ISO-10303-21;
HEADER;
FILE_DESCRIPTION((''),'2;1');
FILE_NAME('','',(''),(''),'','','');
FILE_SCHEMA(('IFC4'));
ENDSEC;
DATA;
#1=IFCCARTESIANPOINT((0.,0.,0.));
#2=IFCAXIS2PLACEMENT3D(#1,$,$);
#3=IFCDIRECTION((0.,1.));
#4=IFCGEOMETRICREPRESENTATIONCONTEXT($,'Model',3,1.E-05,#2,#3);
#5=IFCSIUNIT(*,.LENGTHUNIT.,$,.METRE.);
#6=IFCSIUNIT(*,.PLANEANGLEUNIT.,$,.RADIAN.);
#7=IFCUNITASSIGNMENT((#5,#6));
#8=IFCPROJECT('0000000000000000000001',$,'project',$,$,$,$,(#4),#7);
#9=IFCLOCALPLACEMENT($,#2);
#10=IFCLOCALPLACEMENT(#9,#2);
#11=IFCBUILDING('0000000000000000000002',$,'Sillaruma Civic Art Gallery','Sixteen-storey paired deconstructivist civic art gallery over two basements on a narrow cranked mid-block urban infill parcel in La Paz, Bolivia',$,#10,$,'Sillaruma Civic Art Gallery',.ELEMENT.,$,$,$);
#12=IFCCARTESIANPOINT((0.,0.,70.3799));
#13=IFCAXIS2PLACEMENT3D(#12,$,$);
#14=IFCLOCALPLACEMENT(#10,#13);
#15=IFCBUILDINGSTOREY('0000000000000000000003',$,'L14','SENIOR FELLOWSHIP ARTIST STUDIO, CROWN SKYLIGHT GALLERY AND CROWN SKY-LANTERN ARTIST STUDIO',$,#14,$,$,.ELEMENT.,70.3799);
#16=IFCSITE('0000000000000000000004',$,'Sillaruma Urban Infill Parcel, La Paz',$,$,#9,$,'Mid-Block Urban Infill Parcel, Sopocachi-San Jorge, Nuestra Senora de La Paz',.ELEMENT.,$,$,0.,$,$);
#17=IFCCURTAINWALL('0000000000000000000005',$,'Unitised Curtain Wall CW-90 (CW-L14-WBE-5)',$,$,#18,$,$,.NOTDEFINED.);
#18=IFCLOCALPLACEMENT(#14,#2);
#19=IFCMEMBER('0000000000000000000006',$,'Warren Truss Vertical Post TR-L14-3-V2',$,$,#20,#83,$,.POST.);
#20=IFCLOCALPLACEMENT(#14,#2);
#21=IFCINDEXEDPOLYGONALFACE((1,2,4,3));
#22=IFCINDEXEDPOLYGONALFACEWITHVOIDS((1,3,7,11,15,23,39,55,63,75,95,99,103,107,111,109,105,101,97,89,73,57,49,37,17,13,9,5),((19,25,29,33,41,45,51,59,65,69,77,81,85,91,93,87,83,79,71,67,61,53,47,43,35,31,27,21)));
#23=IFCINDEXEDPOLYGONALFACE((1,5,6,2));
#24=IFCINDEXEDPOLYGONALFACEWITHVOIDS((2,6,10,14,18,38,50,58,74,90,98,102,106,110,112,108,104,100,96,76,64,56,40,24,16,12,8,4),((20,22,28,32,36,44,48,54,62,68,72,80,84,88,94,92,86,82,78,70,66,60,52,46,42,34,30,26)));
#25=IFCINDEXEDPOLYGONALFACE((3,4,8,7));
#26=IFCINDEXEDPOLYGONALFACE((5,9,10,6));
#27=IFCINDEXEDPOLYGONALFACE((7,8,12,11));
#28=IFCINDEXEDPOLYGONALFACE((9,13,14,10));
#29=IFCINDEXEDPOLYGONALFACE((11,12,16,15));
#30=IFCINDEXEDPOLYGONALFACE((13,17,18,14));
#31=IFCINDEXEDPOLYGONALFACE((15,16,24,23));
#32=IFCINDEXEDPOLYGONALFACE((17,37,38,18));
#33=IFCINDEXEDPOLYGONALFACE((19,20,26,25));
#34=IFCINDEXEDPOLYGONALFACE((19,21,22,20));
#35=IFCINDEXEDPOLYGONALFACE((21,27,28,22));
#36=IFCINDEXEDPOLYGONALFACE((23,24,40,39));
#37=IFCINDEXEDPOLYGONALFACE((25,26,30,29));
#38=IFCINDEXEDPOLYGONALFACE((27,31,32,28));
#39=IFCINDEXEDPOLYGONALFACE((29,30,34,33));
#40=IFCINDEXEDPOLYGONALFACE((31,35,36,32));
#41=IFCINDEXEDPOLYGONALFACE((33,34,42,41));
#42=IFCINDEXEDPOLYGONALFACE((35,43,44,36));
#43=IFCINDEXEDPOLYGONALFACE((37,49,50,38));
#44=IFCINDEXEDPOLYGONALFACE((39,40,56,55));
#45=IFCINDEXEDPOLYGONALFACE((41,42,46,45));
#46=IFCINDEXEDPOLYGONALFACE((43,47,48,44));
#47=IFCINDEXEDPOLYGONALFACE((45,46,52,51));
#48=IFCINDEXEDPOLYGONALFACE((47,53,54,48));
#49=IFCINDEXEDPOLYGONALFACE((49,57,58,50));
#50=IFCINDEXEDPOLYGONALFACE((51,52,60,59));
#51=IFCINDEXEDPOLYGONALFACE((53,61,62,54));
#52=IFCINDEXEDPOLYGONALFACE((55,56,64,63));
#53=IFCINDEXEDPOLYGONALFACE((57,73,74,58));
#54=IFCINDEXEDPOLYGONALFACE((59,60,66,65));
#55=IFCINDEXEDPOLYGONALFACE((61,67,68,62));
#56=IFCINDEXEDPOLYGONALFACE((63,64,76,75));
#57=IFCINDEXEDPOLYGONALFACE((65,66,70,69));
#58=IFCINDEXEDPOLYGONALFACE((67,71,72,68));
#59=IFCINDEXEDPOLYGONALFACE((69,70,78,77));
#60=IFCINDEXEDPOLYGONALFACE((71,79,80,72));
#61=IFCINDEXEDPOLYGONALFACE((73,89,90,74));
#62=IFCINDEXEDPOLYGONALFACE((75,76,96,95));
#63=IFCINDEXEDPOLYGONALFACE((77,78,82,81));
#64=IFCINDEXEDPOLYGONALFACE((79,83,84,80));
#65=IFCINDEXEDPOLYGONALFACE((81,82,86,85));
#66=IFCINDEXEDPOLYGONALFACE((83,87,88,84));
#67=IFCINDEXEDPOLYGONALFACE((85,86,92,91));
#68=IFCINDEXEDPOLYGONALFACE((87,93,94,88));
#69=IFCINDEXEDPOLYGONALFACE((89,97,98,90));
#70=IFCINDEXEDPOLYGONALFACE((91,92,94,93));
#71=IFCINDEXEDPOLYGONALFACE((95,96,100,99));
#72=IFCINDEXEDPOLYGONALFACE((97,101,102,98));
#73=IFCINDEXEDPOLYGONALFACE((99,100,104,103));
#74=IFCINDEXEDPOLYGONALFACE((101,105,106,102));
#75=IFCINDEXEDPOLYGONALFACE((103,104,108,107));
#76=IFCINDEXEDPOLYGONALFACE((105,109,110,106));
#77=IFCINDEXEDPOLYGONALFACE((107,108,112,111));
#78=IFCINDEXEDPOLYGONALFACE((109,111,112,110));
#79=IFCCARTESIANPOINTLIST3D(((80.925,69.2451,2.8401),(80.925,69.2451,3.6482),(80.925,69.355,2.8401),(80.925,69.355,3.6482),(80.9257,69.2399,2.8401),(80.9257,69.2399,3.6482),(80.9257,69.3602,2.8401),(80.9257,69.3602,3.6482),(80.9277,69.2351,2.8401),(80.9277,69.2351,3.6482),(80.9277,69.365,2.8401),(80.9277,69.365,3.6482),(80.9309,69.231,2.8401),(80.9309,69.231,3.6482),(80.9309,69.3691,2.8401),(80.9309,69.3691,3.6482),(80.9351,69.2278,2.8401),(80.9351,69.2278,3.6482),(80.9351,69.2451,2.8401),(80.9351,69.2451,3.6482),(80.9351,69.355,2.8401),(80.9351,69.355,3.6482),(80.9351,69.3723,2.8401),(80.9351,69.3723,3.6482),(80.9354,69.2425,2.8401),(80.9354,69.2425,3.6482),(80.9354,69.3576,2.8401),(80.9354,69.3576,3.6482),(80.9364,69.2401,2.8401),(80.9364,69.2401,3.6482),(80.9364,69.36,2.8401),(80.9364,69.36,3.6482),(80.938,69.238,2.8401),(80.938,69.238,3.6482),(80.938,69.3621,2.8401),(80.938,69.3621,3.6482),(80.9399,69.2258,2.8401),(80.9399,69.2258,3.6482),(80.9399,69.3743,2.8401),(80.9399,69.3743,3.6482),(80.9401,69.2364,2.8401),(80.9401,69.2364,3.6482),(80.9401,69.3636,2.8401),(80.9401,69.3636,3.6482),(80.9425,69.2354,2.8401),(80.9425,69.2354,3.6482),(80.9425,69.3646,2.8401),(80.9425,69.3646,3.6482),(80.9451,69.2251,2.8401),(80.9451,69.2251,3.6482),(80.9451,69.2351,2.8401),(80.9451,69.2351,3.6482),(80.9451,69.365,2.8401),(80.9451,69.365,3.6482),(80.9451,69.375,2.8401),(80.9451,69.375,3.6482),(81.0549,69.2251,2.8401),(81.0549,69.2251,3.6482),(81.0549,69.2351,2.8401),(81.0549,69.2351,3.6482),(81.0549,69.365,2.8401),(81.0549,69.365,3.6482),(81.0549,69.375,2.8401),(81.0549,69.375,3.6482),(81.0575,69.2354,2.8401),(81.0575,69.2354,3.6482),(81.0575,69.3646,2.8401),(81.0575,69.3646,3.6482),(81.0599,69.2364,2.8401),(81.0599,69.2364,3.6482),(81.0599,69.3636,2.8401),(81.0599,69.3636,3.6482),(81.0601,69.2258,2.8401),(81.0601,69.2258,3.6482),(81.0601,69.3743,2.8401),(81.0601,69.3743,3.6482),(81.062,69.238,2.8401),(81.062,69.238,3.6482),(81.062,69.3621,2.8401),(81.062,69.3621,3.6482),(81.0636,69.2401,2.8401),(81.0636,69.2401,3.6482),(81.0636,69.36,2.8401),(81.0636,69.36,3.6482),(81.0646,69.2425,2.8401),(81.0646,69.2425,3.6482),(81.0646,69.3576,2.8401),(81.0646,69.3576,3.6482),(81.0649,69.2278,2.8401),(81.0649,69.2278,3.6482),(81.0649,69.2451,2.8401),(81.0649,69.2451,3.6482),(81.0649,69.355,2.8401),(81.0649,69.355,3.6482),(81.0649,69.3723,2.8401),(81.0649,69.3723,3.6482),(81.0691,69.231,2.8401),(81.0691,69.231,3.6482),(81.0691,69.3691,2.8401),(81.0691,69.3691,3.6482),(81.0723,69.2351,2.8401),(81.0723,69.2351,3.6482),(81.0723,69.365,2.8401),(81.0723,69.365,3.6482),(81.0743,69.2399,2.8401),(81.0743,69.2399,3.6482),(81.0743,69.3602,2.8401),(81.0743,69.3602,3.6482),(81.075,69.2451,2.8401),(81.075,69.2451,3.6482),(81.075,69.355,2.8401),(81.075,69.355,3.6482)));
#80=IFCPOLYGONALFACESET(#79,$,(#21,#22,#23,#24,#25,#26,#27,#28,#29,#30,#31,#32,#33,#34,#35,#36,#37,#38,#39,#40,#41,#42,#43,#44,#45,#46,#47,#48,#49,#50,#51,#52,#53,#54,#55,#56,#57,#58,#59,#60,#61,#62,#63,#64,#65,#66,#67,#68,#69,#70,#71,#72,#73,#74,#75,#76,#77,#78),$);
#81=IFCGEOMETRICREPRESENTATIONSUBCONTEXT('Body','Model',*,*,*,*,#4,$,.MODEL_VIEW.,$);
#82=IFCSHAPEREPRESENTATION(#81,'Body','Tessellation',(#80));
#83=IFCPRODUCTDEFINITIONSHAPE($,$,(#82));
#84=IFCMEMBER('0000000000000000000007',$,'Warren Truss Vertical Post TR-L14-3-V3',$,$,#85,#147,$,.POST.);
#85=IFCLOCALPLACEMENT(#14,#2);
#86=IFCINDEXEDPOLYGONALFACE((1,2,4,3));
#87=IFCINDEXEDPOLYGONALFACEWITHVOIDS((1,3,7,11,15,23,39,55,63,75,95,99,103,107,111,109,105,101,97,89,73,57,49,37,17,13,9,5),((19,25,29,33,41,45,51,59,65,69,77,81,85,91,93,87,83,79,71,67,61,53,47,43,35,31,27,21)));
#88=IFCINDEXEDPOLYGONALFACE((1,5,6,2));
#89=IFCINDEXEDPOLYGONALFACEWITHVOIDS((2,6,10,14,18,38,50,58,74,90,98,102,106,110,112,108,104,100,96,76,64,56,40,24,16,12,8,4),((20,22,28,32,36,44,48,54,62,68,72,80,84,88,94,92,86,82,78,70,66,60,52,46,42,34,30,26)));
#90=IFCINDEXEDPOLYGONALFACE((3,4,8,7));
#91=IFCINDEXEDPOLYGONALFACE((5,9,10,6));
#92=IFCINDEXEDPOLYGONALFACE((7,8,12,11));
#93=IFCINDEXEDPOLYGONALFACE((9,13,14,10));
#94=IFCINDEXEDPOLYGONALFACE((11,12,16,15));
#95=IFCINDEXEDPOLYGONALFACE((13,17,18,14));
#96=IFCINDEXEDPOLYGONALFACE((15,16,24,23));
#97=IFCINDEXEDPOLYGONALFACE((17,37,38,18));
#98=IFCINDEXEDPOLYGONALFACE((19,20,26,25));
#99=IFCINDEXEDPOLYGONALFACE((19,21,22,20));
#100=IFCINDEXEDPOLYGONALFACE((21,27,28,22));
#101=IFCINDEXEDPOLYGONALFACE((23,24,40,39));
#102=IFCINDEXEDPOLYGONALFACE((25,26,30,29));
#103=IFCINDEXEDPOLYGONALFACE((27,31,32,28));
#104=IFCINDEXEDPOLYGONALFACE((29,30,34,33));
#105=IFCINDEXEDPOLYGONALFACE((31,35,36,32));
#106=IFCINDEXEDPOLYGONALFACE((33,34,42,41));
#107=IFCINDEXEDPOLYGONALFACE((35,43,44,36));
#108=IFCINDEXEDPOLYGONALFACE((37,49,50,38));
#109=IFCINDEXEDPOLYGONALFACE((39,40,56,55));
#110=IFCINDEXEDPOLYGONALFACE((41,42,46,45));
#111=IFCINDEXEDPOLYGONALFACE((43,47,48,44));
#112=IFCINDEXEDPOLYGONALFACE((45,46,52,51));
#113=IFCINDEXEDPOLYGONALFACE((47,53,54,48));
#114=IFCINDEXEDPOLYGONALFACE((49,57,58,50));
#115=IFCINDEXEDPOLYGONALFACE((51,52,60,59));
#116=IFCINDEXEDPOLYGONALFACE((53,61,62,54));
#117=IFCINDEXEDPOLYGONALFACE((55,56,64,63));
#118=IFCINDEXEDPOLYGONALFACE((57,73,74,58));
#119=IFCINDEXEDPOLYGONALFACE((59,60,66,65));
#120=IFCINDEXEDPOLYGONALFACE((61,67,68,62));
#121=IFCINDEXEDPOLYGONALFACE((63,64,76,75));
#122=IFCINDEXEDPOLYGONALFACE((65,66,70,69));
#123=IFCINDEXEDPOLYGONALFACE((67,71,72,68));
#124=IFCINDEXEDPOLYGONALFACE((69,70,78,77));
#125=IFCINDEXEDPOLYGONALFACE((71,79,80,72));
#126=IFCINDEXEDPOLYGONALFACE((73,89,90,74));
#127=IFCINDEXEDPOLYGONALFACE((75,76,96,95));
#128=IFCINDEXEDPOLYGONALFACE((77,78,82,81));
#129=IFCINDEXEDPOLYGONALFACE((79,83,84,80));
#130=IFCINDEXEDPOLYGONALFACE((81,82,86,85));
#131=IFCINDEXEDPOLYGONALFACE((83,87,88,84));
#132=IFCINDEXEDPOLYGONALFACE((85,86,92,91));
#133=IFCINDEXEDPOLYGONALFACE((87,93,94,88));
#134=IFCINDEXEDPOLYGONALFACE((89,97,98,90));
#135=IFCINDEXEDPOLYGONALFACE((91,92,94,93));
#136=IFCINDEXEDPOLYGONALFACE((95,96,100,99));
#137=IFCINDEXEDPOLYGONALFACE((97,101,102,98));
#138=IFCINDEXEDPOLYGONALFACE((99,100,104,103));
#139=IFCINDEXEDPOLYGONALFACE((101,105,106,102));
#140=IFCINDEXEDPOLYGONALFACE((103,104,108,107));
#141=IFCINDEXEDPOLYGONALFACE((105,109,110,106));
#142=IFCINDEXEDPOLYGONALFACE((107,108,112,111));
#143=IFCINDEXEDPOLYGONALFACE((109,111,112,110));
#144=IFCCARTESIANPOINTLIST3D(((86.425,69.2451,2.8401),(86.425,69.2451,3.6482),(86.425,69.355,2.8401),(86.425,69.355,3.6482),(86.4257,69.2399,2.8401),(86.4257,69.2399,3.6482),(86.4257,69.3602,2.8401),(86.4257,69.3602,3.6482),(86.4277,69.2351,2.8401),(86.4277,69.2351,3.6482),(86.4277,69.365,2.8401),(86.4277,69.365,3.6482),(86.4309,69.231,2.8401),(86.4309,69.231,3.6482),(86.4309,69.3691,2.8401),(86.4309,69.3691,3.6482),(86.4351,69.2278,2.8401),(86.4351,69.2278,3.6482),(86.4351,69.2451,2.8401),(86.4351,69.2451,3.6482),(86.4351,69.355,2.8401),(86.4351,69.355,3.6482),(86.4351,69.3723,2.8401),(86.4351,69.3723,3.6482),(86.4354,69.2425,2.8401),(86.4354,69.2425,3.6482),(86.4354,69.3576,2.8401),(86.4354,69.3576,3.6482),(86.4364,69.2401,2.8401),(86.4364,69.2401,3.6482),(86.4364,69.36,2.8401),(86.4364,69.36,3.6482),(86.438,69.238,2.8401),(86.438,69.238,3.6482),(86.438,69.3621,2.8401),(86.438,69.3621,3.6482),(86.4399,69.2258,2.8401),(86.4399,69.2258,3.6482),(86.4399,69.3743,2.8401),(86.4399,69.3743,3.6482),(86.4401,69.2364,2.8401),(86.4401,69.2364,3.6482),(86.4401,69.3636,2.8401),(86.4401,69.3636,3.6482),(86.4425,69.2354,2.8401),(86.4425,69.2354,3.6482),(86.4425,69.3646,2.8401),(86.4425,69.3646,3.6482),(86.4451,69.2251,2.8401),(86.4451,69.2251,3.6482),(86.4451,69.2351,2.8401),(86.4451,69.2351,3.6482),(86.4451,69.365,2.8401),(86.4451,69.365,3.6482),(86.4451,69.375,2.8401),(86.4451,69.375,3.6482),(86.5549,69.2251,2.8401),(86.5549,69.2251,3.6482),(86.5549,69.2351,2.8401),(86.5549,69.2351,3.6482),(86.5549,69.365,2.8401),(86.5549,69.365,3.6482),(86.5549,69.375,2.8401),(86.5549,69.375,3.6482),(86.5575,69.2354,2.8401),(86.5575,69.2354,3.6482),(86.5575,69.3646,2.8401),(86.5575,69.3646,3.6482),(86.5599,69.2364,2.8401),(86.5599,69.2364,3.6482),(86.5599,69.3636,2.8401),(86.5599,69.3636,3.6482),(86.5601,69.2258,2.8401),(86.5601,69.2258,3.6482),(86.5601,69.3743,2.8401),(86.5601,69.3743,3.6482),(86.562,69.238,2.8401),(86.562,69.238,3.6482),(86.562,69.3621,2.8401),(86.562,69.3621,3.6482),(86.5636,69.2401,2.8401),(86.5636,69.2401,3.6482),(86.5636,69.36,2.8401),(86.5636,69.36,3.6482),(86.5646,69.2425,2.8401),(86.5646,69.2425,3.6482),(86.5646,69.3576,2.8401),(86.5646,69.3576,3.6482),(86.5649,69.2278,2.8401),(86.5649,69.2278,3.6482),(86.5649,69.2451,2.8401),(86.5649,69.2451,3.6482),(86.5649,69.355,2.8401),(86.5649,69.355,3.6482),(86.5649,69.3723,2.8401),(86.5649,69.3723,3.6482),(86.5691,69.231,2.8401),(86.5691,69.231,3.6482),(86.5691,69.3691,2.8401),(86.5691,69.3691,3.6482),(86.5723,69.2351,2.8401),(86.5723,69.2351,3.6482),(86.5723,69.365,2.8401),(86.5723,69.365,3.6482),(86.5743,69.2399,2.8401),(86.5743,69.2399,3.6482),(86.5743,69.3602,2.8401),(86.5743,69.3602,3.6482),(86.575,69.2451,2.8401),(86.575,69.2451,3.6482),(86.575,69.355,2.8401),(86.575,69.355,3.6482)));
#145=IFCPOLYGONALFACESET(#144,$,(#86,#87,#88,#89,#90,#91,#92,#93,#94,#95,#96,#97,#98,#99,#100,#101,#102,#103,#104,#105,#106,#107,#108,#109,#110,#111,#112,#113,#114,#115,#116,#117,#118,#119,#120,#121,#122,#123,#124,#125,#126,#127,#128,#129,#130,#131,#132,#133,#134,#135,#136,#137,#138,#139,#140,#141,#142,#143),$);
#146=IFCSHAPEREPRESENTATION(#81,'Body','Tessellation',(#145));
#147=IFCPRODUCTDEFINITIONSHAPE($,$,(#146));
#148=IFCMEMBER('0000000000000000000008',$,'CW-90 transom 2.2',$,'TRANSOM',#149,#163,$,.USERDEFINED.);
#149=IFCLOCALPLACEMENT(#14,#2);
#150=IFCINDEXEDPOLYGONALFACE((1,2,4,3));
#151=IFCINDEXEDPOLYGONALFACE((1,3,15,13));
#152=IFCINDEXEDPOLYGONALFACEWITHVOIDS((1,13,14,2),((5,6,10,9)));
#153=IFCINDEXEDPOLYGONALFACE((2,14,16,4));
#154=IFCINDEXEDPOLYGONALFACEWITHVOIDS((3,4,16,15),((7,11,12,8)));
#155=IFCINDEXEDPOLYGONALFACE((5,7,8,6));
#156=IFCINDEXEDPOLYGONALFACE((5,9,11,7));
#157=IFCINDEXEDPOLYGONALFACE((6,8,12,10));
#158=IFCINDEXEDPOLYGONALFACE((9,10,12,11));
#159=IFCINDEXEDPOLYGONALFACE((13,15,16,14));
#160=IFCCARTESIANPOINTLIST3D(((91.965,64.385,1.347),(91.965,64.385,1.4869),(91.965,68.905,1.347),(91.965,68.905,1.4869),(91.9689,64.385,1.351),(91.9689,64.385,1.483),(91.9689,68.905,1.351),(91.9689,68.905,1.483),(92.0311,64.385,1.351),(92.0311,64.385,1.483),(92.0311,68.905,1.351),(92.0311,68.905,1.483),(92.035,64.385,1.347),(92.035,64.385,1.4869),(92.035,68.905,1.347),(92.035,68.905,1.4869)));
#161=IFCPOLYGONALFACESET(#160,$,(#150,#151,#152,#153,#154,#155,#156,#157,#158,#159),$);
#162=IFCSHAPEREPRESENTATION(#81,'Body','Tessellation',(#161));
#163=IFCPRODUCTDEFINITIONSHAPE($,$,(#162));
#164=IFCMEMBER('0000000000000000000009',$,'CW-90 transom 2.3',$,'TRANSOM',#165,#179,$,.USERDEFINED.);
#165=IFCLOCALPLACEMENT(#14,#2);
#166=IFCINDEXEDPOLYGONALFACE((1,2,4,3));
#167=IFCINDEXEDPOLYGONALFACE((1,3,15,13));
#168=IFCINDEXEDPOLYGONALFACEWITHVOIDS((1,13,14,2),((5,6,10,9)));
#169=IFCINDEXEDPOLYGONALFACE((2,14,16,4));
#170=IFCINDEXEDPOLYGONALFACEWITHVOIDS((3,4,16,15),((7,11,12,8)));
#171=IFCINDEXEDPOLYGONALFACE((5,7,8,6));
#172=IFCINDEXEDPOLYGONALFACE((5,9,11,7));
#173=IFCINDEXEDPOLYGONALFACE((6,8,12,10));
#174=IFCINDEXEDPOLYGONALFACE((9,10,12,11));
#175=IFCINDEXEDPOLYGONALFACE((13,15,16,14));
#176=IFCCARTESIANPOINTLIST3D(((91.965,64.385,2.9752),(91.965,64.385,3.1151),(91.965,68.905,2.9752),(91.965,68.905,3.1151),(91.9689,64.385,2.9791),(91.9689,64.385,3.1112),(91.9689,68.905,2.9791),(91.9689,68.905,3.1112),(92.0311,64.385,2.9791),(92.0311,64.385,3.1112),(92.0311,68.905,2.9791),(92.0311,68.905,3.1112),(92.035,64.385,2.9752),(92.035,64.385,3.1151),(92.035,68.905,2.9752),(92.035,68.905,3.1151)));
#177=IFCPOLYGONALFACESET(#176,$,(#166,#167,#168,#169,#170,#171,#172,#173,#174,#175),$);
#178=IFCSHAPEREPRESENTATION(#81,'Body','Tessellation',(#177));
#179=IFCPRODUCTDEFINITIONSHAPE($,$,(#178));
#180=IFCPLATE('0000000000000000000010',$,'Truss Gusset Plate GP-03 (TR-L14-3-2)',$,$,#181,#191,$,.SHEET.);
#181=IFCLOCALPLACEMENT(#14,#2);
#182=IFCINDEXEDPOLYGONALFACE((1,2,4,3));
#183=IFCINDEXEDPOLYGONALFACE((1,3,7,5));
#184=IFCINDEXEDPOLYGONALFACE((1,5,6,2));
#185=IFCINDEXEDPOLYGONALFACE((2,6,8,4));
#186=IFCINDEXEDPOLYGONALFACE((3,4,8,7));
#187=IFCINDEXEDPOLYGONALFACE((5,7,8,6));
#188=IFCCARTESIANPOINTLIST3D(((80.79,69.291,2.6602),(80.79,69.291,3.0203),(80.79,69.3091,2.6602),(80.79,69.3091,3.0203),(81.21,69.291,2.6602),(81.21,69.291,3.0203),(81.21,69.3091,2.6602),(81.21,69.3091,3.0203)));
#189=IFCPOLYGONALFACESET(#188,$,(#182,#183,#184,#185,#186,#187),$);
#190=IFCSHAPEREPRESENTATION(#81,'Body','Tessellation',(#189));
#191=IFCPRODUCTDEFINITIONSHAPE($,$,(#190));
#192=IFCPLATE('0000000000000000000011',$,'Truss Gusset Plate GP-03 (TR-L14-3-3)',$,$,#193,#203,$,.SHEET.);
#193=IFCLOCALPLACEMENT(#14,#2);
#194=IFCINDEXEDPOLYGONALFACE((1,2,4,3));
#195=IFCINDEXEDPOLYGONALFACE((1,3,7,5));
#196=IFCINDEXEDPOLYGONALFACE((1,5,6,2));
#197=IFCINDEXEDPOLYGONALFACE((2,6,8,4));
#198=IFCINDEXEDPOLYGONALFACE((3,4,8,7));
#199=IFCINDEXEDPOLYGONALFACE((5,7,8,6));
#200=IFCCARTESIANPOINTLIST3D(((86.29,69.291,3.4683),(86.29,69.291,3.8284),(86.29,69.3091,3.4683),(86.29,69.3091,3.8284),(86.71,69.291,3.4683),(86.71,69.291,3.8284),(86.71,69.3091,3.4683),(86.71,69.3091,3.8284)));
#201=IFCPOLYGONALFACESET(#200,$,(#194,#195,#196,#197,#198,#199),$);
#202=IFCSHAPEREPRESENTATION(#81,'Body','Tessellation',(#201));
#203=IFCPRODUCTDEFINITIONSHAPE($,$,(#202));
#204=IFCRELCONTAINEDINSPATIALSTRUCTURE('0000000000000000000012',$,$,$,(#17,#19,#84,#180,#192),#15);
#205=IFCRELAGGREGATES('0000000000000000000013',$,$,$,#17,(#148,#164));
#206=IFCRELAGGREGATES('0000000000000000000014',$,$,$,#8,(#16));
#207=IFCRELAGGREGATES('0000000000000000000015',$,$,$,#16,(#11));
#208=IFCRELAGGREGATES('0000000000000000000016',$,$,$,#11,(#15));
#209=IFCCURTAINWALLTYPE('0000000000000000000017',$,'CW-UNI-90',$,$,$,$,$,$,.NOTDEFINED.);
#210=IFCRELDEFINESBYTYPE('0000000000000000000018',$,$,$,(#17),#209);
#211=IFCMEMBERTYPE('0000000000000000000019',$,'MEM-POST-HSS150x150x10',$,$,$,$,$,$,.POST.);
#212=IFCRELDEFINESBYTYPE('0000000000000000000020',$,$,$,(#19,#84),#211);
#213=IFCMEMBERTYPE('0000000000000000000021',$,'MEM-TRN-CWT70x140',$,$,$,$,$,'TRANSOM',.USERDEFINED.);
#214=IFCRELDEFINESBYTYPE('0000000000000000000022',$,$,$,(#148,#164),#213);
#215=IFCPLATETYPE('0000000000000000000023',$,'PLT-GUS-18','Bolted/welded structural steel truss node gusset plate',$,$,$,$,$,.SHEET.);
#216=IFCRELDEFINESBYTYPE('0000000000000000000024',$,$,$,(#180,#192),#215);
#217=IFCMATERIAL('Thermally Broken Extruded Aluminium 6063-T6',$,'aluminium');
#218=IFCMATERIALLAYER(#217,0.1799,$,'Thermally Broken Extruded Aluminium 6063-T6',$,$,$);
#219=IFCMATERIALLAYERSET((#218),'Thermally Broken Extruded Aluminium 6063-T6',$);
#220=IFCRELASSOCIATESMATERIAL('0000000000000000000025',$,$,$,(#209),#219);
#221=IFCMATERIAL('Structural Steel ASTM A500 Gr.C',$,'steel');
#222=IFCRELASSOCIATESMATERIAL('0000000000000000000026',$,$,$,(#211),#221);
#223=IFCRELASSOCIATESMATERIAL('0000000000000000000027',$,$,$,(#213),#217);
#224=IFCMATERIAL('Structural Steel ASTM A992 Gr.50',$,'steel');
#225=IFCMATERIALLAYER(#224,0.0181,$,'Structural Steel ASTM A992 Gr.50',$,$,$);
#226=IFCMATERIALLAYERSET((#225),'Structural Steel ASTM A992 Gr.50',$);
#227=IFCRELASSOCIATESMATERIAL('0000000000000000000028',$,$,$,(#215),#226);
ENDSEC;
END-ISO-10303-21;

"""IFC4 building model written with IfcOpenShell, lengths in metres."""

from ifc_helpers import new_model, si_unit, direction, frame, origin, origin_2d, place, context, subcontext, project, spatial, rectangle, hollow_rectangle, extrude, material, layer, layer_set, material_profile, profile_set, type_object, element, aggregate, save


model = new_model("IFC4")

# Units and contexts
model_context = context("Model", 3, precision=1e-05, world=origin(), true_north=direction((0.0, 1.0)))
body_context = subcontext(model_context, "Body", "Model", "MODEL_VIEW")
ifc_project = project(units=[si_unit("LENGTHUNIT", "METRE"), si_unit("PLANEANGLEUNIT", "RADIAN")], contexts=[model_context])

# Site, building, storey
site_placement = place(None, origin())
site = spatial("IfcSite", under=ifc_project, at=site_placement, Name="Sillaruma Urban Infill Parcel, La Paz", LongName="Mid-Block Urban Infill Parcel, Sopocachi-San Jorge, Nuestra Senora de La Paz", CompositionType="ELEMENT", RefElevation=0.0)
building_placement = place(site_placement, origin())
building = spatial("IfcBuilding", under=site, at=building_placement, Name="Sillaruma Civic Art Gallery", Description="Sixteen-storey paired deconstructivist civic art gallery over two basements on a narrow cranked mid-block urban infill parcel in La Paz, Bolivia", LongName="Sillaruma Civic Art Gallery", CompositionType="ELEMENT")
storey_placement = place(building_placement, frame((0.0, 0.0, 70.3799)))
storey = spatial("IfcBuildingStorey", under=building, at=storey_placement, Name="L14", Description="SENIOR FELLOWSHIP ARTIST STUDIO, CROWN SKYLIGHT GALLERY AND CROWN SKY-LANTERN ARTIST STUDIO", CompositionType="ELEMENT", Elevation=70.3799)

# Shared definitions
ifc_material_1 = material(Name="Structural Steel ASTM A992 Gr.50", Category="steel")

# Shared definitions
ifc_material_2 = material(Name="Structural Steel ASTM A500 Gr.C", Category="steel")

# Curtain wall
ifc_material_3 = material(Name="Thermally Broken Extruded Aluminium 6063-T6", Category="aluminium")
ifc_layer_1 = layer(ifc_material_3, 0.1799, Name="Thermally Broken Extruded Aluminium 6063-T6")
ifc_layer_set_1 = layer_set([ifc_layer_1], Name="Thermally Broken Extruded Aluminium 6063-T6")
curtain_wall_type_1 = type_object("IfcCurtainWallType", Name="CW-UNI-90", PredefinedType="NOTDEFINED", material=ifc_layer_set_1)
curtain_wall_1_placement = place(storey_placement, origin())
curtain_wall_1 = element("IfcCurtainWall", 1, at=curtain_wall_1_placement, inside=storey, type_object=curtain_wall_type_1, Name="Unitised Curtain Wall CW-90 (CW-L14-WBE-5)", PredefinedType="NOTDEFINED")

# Members
ifc_material_profile_1 = material_profile(ifc_material_2, hollow_rectangle(XDim=0.1499, YDim=0.1499, WallThickness=0.01, InnerFilletRadius=0.01, OuterFilletRadius=0.02, at=origin_2d()), Name="HSS150x150x10")
ifc_profile_set_1 = profile_set([ifc_material_profile_1], Name="Structural Steel ASTM A500 Gr.C")
member_type_1 = type_object("IfcMemberType", Name="MEM-POST-HSS150x150x10", PredefinedType="POST", material=ifc_profile_set_1)
for number, where, z_axis, x_axis, name in (
    (2, (81.0, 69.3, 2.8401), (0.0, 0.0, 1.0), (1.0, 0.0, 0.0), "Warren Truss Vertical Post TR-L14-3-V2"),
    (3, (86.5, 69.3, 2.8401), (0.0, 0.0, 1.0), (1.0, 0.0, 0.0), "Warren Truss Vertical Post TR-L14-3-V3"),
):
    element("IfcMember", number, at=place(storey_placement, frame(where, z_axis=z_axis, x_axis=x_axis)), inside=storey, type_object=member_type_1, Name=name, PredefinedType="POST", context=body_context, shape_type="SweptSolid", body=[
        extrude(hollow_rectangle(XDim=0.1499, YDim=0.1499, WallThickness=0.01, InnerFilletRadius=0.01, OuterFilletRadius=0.02, at=origin_2d()), origin(), (0.0, 0.0, 1.0), 0.8081),
    ])

# Members
ifc_material_profile_2 = material_profile(ifc_material_3, hollow_rectangle(XDim=0.0701, YDim=0.1399, WallThickness=0.0039, at=origin_2d()), Name="CWT70x140")
ifc_profile_set_2 = profile_set([ifc_material_profile_2], Name="Thermally Broken Extruded Aluminium 6063-T6")
member_type_2 = type_object("IfcMemberType", Name="MEM-TRN-CWT70x140", ElementType="TRANSOM", PredefinedType="USERDEFINED", material=ifc_profile_set_2)
member_1_placement = place(storey_placement, frame((92.0, 64.385, 1.417), z_axis=(0.0, 1.0, 0.0), x_axis=(-1.0, 0.0, 0.0)))
member_1 = element("IfcMember", 4, at=member_1_placement, type_object=member_type_2, Name="CW-90 transom 2.2", ObjectType="TRANSOM", PredefinedType="USERDEFINED", context=body_context, shape_type="SweptSolid", body=[
    extrude(hollow_rectangle(XDim=0.0701, YDim=0.1399, WallThickness=0.0039, at=origin_2d()), origin(), (0.0, 0.0, 1.0), 4.52),
])
member_2_placement = place(storey_placement, frame((92.0, 64.385, 3.0452), z_axis=(0.0, 1.0, 0.0), x_axis=(-1.0, 0.0, 0.0)))
member_2 = element("IfcMember", 5, at=member_2_placement, type_object=member_type_2, Name="CW-90 transom 2.3", ObjectType="TRANSOM", PredefinedType="USERDEFINED", context=body_context, shape_type="SweptSolid", body=[
    extrude(hollow_rectangle(XDim=0.0701, YDim=0.1399, WallThickness=0.0039, at=origin_2d()), origin(), (0.0, 0.0, 1.0), 4.52),
])

# Plates
ifc_layer_2 = layer(ifc_material_1, 0.0181, Name="Structural Steel ASTM A992 Gr.50")
ifc_layer_set_2 = layer_set([ifc_layer_2], Name="Structural Steel ASTM A992 Gr.50")
plate_type_1 = type_object("IfcPlateType", Name="PLT-GUS-18", Description="Bolted/welded structural steel truss node gusset plate", PredefinedType="SHEET", material=ifc_layer_set_2)
for number, where, z_axis, x_axis, name in (
    (6, (81.0, 69.3, 2.6602), (0.0, 0.0, 1.0), (1.0, 0.0, 0.0), "Truss Gusset Plate GP-03 (TR-L14-3-2)"),
    (7, (86.5, 69.3, 3.4683), (0.0, 0.0, 1.0), (1.0, 0.0, 0.0), "Truss Gusset Plate GP-03 (TR-L14-3-3)"),
):
    element("IfcPlate", number, at=place(storey_placement, frame(where, z_axis=z_axis, x_axis=x_axis)), inside=storey, type_object=plate_type_1, Name=name, PredefinedType="SHEET", context=body_context, shape_type="SweptSolid", body=[
        extrude(rectangle(XDim=0.4199, YDim=0.0181, at=origin_2d()), origin(), (0.0, 0.0, 1.0), 0.3601),
    ])

aggregate(curtain_wall_1, [member_1, member_2])

save(model, "model.ifc")
